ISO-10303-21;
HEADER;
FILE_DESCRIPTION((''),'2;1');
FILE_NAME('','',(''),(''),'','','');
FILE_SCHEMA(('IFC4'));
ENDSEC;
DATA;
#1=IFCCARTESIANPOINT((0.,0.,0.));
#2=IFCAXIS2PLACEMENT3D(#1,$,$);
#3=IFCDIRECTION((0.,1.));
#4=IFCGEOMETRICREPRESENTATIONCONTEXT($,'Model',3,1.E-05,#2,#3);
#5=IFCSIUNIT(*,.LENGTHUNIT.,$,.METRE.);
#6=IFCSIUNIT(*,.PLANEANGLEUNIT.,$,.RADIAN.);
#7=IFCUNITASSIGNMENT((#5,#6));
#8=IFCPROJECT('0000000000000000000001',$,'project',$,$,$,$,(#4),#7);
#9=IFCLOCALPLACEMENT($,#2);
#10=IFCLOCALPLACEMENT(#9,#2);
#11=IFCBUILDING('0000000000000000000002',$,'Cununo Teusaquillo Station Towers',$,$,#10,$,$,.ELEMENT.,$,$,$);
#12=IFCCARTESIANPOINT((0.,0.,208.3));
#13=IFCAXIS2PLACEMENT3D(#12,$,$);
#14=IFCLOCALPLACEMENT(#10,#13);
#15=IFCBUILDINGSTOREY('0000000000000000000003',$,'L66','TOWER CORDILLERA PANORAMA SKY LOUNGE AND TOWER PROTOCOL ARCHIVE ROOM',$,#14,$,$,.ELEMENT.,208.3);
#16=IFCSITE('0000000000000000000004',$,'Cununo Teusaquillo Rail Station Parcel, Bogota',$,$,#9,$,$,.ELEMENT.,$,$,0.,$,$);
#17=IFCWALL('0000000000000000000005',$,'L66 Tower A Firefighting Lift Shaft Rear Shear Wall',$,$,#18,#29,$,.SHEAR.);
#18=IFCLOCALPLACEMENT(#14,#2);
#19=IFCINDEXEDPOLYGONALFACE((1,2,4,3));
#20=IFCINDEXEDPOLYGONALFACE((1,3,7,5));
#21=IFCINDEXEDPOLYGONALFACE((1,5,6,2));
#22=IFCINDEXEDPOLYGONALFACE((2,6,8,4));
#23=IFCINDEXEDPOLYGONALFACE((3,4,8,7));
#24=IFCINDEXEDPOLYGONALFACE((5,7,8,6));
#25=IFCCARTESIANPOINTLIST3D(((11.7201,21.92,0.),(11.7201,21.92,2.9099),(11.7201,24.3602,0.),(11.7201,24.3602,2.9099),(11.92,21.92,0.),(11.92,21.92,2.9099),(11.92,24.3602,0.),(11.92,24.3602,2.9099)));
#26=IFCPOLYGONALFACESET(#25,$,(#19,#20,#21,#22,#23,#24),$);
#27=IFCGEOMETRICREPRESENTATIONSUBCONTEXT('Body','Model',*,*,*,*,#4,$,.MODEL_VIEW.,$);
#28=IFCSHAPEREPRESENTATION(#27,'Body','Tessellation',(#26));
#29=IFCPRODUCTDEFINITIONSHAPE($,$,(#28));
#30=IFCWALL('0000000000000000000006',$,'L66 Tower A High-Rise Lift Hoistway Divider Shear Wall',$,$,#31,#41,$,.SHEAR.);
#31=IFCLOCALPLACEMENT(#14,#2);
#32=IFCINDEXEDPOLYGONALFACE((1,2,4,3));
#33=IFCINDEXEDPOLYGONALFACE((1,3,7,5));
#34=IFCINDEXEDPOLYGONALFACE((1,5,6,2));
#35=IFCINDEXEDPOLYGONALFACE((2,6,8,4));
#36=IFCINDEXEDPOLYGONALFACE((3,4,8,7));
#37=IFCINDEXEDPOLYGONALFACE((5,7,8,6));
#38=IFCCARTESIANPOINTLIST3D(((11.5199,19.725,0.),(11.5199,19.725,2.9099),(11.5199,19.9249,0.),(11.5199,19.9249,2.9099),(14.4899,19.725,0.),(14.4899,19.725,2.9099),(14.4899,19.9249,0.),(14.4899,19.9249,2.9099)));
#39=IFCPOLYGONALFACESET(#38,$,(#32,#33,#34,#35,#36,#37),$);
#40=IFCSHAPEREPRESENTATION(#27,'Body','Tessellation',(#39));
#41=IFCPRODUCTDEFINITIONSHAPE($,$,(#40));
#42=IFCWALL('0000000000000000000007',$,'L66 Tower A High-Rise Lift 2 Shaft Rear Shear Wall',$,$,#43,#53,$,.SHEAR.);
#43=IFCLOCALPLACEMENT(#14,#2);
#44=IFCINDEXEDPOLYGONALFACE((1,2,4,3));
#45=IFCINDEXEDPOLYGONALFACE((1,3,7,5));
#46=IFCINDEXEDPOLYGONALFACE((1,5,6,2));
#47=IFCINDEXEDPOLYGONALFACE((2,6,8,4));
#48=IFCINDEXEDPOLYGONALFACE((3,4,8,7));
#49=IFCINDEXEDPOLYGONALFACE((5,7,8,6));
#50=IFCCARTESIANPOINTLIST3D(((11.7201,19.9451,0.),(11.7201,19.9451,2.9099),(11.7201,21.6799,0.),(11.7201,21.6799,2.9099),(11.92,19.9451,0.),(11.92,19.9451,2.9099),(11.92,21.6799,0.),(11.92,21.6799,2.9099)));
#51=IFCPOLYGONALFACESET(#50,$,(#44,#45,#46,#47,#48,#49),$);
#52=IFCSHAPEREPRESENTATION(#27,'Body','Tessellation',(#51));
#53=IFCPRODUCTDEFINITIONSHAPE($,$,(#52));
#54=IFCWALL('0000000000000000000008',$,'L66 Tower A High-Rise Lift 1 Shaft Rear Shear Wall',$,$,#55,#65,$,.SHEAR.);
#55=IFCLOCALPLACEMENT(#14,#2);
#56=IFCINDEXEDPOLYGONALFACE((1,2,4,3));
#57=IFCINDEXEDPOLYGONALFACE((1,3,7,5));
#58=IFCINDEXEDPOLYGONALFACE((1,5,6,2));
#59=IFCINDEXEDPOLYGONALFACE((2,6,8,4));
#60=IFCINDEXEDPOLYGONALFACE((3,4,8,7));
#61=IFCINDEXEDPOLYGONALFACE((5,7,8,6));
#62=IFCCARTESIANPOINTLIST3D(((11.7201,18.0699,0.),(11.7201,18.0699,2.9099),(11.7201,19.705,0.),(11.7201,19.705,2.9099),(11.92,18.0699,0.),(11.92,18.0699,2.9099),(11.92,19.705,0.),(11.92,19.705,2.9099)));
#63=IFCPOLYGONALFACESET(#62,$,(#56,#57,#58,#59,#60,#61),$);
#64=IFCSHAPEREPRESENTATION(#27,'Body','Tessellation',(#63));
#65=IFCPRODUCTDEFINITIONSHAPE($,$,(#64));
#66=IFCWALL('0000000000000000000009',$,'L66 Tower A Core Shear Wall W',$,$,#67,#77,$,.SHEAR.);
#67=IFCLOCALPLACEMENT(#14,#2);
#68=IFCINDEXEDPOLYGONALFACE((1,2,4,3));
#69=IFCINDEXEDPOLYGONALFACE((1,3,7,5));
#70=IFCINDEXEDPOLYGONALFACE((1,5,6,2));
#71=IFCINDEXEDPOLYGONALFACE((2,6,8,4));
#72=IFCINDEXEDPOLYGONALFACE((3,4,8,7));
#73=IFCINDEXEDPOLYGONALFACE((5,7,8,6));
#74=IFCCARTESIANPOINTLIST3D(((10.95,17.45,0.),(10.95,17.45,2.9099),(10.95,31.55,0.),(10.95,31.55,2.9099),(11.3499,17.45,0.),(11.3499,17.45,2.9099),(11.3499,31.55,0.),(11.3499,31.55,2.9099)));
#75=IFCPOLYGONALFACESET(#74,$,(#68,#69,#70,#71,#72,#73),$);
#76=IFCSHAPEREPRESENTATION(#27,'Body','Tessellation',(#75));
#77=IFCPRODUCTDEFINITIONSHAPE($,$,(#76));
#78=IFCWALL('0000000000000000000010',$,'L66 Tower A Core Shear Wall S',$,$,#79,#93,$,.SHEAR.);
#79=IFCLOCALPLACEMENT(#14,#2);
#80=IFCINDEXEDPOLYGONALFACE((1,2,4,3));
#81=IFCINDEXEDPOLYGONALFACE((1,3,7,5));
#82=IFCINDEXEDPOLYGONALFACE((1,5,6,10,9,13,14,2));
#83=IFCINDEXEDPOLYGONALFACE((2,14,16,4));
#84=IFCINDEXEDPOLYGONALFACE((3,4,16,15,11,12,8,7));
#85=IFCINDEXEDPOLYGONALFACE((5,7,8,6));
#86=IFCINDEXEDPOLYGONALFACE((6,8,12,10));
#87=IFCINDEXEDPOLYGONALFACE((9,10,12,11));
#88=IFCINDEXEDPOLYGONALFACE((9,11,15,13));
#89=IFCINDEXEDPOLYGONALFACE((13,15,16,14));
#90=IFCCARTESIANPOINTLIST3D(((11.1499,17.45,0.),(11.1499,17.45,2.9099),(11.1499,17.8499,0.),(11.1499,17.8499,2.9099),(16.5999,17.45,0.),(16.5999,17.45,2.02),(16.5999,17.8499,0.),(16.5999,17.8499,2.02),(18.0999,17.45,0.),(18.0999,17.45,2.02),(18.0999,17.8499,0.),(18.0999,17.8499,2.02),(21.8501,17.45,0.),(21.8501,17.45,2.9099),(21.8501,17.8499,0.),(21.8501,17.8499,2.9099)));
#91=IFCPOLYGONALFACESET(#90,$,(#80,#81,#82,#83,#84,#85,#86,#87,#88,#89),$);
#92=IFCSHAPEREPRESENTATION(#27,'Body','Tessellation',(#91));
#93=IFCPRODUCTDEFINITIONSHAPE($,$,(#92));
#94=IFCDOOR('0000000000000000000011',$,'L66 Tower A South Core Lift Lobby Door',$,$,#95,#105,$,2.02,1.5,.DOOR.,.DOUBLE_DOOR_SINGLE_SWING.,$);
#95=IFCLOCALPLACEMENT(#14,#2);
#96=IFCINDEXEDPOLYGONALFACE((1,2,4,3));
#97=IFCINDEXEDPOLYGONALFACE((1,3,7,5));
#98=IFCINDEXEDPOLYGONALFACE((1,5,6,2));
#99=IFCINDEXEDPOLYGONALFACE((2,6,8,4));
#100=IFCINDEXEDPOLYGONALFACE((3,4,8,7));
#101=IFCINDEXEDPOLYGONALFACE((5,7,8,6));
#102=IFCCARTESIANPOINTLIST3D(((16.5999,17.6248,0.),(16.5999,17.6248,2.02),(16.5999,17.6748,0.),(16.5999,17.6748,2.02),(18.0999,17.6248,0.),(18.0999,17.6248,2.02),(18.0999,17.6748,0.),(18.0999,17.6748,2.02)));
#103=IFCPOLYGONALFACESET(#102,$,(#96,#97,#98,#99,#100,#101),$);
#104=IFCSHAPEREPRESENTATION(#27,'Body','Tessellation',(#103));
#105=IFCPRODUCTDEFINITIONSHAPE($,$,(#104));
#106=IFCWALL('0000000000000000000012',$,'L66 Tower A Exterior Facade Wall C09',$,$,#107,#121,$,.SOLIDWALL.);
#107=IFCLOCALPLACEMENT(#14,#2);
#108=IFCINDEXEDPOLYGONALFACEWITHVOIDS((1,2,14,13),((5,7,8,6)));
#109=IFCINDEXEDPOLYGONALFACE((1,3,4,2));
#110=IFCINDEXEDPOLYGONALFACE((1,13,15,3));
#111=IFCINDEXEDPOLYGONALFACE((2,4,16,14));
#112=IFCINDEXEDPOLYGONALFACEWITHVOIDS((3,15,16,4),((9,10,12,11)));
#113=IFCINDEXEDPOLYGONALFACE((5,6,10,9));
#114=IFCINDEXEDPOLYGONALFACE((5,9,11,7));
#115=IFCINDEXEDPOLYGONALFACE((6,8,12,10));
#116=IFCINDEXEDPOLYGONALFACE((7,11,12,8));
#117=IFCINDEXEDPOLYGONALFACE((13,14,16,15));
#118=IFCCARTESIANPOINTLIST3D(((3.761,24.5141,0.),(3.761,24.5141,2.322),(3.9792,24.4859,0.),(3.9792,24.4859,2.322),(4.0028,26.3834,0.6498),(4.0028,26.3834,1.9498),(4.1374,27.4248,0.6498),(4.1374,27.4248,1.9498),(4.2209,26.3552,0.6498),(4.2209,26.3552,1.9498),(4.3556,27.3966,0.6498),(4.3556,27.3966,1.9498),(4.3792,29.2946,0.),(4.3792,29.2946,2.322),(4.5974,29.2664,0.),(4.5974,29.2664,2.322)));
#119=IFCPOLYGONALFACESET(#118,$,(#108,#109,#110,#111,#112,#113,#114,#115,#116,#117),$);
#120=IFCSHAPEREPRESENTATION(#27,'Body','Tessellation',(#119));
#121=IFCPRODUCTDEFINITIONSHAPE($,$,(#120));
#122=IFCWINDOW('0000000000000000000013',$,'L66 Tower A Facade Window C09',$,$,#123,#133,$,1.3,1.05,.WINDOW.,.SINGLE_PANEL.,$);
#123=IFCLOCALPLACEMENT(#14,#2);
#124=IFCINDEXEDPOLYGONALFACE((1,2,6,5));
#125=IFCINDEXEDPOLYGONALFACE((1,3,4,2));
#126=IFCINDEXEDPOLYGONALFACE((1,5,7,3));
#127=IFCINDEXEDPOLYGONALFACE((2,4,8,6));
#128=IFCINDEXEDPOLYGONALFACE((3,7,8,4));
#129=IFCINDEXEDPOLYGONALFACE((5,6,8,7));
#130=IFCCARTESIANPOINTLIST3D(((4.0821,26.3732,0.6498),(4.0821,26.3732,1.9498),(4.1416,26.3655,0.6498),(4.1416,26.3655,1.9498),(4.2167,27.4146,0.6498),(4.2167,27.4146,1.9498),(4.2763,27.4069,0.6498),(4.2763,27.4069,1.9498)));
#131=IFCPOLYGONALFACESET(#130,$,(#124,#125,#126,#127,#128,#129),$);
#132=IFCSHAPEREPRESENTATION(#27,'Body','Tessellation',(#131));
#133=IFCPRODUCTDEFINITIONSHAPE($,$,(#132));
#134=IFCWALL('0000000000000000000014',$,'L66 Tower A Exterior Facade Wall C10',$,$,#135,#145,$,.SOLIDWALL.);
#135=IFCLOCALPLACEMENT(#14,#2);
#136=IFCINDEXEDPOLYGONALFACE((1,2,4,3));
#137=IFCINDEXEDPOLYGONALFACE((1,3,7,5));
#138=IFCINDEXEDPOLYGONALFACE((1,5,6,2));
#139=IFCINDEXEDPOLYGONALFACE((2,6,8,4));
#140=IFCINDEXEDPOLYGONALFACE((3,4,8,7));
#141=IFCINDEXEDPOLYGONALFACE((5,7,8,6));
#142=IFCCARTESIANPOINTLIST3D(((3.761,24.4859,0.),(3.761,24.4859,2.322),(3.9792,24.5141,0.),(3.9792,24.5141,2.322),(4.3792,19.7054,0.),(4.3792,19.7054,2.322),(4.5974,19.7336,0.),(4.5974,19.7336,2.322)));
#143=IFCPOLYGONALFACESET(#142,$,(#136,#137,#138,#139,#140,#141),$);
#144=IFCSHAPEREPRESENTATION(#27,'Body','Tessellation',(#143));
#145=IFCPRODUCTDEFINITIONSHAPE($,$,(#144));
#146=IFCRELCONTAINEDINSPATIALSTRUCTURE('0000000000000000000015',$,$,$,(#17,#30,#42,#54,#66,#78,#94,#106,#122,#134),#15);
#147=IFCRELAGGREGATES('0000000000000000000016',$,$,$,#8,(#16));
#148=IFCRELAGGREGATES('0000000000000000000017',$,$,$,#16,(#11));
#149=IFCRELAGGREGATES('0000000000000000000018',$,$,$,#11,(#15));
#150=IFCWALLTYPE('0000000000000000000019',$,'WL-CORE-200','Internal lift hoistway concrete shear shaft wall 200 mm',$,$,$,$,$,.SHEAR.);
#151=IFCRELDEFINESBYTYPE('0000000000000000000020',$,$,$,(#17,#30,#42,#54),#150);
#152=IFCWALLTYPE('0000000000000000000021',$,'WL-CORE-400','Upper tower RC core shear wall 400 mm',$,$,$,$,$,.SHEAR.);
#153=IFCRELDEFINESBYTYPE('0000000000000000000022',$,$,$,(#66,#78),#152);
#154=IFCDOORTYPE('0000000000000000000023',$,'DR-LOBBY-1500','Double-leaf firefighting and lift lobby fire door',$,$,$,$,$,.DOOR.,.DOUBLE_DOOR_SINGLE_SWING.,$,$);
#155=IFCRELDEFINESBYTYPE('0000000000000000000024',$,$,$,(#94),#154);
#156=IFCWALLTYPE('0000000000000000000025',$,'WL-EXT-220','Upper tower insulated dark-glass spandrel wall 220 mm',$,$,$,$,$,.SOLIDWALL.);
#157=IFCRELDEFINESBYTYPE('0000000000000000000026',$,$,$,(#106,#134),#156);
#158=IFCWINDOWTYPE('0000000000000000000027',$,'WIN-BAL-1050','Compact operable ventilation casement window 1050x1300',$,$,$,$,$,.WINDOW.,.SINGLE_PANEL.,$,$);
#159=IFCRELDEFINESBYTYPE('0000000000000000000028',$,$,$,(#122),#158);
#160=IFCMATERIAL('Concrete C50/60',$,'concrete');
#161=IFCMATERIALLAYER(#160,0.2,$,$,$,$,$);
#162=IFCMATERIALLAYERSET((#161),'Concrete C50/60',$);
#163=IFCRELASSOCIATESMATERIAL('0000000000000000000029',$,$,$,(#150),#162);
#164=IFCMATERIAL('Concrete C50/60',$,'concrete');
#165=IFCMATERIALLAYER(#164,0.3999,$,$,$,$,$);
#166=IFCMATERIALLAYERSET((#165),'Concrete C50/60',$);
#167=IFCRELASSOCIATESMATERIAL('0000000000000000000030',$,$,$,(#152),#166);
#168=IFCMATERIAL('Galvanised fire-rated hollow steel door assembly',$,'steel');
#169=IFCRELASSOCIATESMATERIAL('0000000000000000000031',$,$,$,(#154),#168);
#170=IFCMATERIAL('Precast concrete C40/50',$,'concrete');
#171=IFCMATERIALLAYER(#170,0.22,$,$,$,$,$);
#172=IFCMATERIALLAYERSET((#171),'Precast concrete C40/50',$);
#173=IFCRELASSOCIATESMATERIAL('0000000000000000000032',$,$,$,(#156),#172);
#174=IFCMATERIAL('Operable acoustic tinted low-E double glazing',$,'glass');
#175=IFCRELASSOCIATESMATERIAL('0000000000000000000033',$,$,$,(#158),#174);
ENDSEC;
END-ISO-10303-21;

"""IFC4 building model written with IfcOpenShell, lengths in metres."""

from ifc_helpers import new_model, si_unit, direction, frame, frame_2d, origin, place, context, subcontext, project, spatial, rectangle, extrude, source, transform, mapped, material, layer, layer_set, type_object, element, fill, save


model = new_model("IFC4")

# Units and contexts
model_context = context("Model", 3, precision=1e-05, world=origin(), true_north=direction((0.0, 1.0)))
body_context = subcontext(model_context, "Body", "Model", "MODEL_VIEW")
ifc_project = project(units=[si_unit("LENGTHUNIT", "METRE"), si_unit("PLANEANGLEUNIT", "RADIAN")], contexts=[model_context])

# Site, building, storey
site_placement = place(None, origin())
site = spatial("IfcSite", under=ifc_project, at=site_placement, Name="Cununo Teusaquillo Rail Station Parcel, Bogota", CompositionType="ELEMENT", RefElevation=0.0)
building_placement = place(site_placement, origin())
building = spatial("IfcBuilding", under=site, at=building_placement, Name="Cununo Teusaquillo Station Towers", CompositionType="ELEMENT")
storey_placement = place(building_placement, frame((0.0, 0.0, 208.3)))
storey = spatial("IfcBuildingStorey", under=building, at=storey_placement, Name="L66", Description="TOWER CORDILLERA PANORAMA SKY LOUNGE AND TOWER PROTOCOL ARCHIVE ROOM", CompositionType="ELEMENT", Elevation=208.3)

# Walls
ifc_material_1 = material(Name="Concrete C50/60", Category="concrete")
ifc_layer_1 = layer(ifc_material_1, 0.2)
ifc_layer_set_1 = layer_set([ifc_layer_1], Name="Concrete C50/60")
wall_type_1 = type_object("IfcWallType", Name="WL-CORE-200", Description="Internal lift hoistway concrete shear shaft wall 200 mm", PredefinedType="SHEAR", material=ifc_layer_set_1)
wall_1_placement = place(storey_placement, frame((11.8201, 21.9199, 0.0), z_axis=(0.0, 0.0, 1.0), x_axis=(0.0, 1.0, 0.0)))
element("IfcWall", 1, at=wall_1_placement, inside=storey, type_object=wall_type_1, Name="L66 Tower A Firefighting Lift Shaft Rear Shear Wall", PredefinedType="SHEAR", context=body_context, shape_type="SweptSolid", body=[
    extrude(rectangle(XDim=2.4402, YDim=0.2, at=frame_2d((1.2202, 0.0))), origin(), (0.0, 0.0, 1.0), 2.9099),
])
wall_2_placement = place(storey_placement, frame((11.52, 19.825, 0.0), z_axis=(0.0, 0.0, 1.0), x_axis=(1.0, 0.0, 0.0)))
element("IfcWall", 2, at=wall_2_placement, inside=storey, type_object=wall_type_1, Name="L66 Tower A High-Rise Lift Hoistway Divider Shear Wall", PredefinedType="SHEAR", context=body_context, shape_type="SweptSolid", body=[
    extrude(rectangle(XDim=2.97, YDim=0.2, at=frame_2d((1.4849, 0.0))), origin(), (0.0, 0.0, 1.0), 2.9099),
])
wall_3_placement = place(storey_placement, frame((11.8201, 19.9451, 0.0), z_axis=(0.0, 0.0, 1.0), x_axis=(0.0, 1.0, 0.0)))
element("IfcWall", 3, at=wall_3_placement, inside=storey, type_object=wall_type_1, Name="L66 Tower A High-Rise Lift 2 Shaft Rear Shear Wall", PredefinedType="SHEAR", context=body_context, shape_type="SweptSolid", body=[
    extrude(rectangle(XDim=1.7349, YDim=0.2, at=frame_2d((0.8674, 0.0))), origin(), (0.0, 0.0, 1.0), 2.9099),
])
wall_4_placement = place(storey_placement, frame((11.8201, 18.0701, 0.0), z_axis=(0.0, 0.0, 1.0), x_axis=(0.0, 1.0, 0.0)))
element("IfcWall", 4, at=wall_4_placement, inside=storey, type_object=wall_type_1, Name="L66 Tower A High-Rise Lift 1 Shaft Rear Shear Wall", PredefinedType="SHEAR", context=body_context, shape_type="SweptSolid", body=[
    extrude(rectangle(XDim=1.635, YDim=0.2, at=frame_2d((0.8174, 0.0))), origin(), (0.0, 0.0, 1.0), 2.9099),
])
ifc_material_2 = material(Name="Concrete C50/60", Category="concrete")
ifc_layer_2 = layer(ifc_material_2, 0.3999)
ifc_layer_set_2 = layer_set([ifc_layer_2], Name="Concrete C50/60")
wall_type_2 = type_object("IfcWallType", Name="WL-CORE-400", Description="Upper tower RC core shear wall 400 mm", PredefinedType="SHEAR", material=ifc_layer_set_2)
wall_5_placement = place(storey_placement, frame((11.1499, 17.45, 0.0), z_axis=(0.0, 0.0, 1.0), x_axis=(0.0, 1.0, 0.0)))
element("IfcWall", 5, at=wall_5_placement, inside=storey, type_object=wall_type_2, Name="L66 Tower A Core Shear Wall W", PredefinedType="SHEAR", context=body_context, shape_type="SweptSolid", body=[
    extrude(rectangle(XDim=14.1001, YDim=0.3999, at=frame_2d((7.05, 0.0))), origin(), (0.0, 0.0, 1.0), 2.9099),
])

# Wall, opening, door
wall_6_placement = place(storey_placement, frame((11.1499, 17.6499, 0.0), z_axis=(0.0, 0.0, 1.0), x_axis=(1.0, 0.0, 0.0)))
wall_6 = element("IfcWall", 6, at=wall_6_placement, inside=storey, type_object=wall_type_2, Name="L66 Tower A Core Shear Wall S", PredefinedType="SHEAR", context=body_context, shape_type="SweptSolid", body=[
    extrude(rectangle(XDim=10.7002, YDim=0.3999, at=frame_2d((5.3501, 0.0))), origin(), (0.0, 0.0, 1.0), 2.9099),
])
shared_shape_1 = source(origin(), body_context, "Body", "SweptSolid", [
    extrude(rectangle(XDim=1.5, YDim=2.02, at=frame_2d((0.75, 1.01))), frame((0.0, 0.21, 0.0), z_axis=(0.0, -1.0, 0.0), x_axis=(1.0, 0.0, 0.0)), (0.0, 0.0, 1.0), 0.4199),
])
opening_1_placement = place(wall_6_placement, frame((5.45, 0.0, 0.0)))
opening_1 = element("IfcOpeningElement", 7, at=opening_1_placement, cuts=wall_6, PredefinedType="OPENING", context=body_context, shape_type="MappedRepresentation", body=[
    mapped(shared_shape_1, transform((0.0, 0.0, 0.0), x_axis=(1.0, 0.0, 0.0), y_axis=(0.0, 1.0, 0.0), z_axis=(0.0, 0.0, 1.0), scale=1.0)),
])
ifc_material_3 = material(Name="Galvanised fire-rated hollow steel door assembly", Category="steel")
door_type_1 = type_object("IfcDoorType", Name="DR-LOBBY-1500", Description="Double-leaf firefighting and lift lobby fire door", OperationType="DOUBLE_DOOR_SINGLE_SWING", PredefinedType="DOOR", material=ifc_material_3)
shared_shape_2 = source(origin(), body_context, "Body", "SweptSolid", [
    extrude(rectangle(XDim=1.5, YDim=2.02, at=frame_2d((0.75, 1.01))), frame((0.0, 0.0249, 0.0), z_axis=(0.0, -1.0, 0.0), x_axis=(1.0, 0.0, 0.0)), (0.0, 0.0, 1.0), 0.05),
])
door_1_placement = place(opening_1_placement, origin())
door_1 = element("IfcDoor", 8, at=door_1_placement, inside=storey, type_object=door_type_1, Name="L66 Tower A South Core Lift Lobby Door", OperationType="DOUBLE_DOOR_SINGLE_SWING", OverallHeight=2.02, OverallWidth=1.5, PredefinedType="DOOR", context=body_context, shape_type="MappedRepresentation", body=[
    mapped(shared_shape_2, transform((0.0, 0.0, 0.0), x_axis=(1.0, 0.0, 0.0), y_axis=(0.0, 1.0, 0.0), z_axis=(0.0, 0.0, 1.0), scale=1.0)),
])
fill(opening_1, door_1)

# Wall, opening, window
ifc_material_4 = material(Name="Precast concrete C40/50", Category="concrete")
ifc_layer_3 = layer(ifc_material_4, 0.22)
ifc_layer_set_3 = layer_set([ifc_layer_3], Name="Precast concrete C40/50")
wall_type_3 = type_object("IfcWallType", Name="WL-EXT-220", Description="Upper tower insulated dark-glass spandrel wall 220 mm", PredefinedType="SOLIDWALL", material=ifc_layer_set_3)
wall_7_placement = place(storey_placement, frame((3.8701, 24.5, 0.0), z_axis=(0.0, 0.0, 1.0), x_axis=(0.128241, 0.991743, 0.0)))
wall_7 = element("IfcWall", 9, at=wall_7_placement, inside=storey, type_object=wall_type_3, Name="L66 Tower A Exterior Facade Wall C09", PredefinedType="SOLIDWALL", context=body_context, shape_type="SweptSolid", body=[
    extrude(rectangle(XDim=4.8203, YDim=0.22, at=frame_2d((2.4102, 0.0))), origin(), (0.0, 0.0, 1.0), 2.322),
])
shared_shape_3 = source(origin(), body_context, "Body", "SweptSolid", [
    extrude(rectangle(XDim=1.05, YDim=1.3, at=frame_2d((0.5249, 0.6499))), frame((0.0, 0.1199, 0.0), z_axis=(0.0, -1.0, 0.0), x_axis=(1.0, 0.0, 0.0)), (0.0, 0.0, 1.0), 0.24),
])
opening_2_placement = place(wall_7_placement, frame((1.885, 0.0, 0.6499)))
opening_2 = element("IfcOpeningElement", 10, at=opening_2_placement, cuts=wall_7, PredefinedType="OPENING", context=body_context, shape_type="MappedRepresentation", body=[
    mapped(shared_shape_3, transform((0.0, 0.0, 0.0), x_axis=(1.0, 0.0, 0.0), y_axis=(0.0, 1.0, 0.0), z_axis=(0.0, 0.0, 1.0), scale=1.0)),
])
ifc_material_5 = material(Name="Operable acoustic tinted low-E double glazing", Category="glass")
window_type = type_object("IfcWindowType", Name="WIN-BAL-1050", Description="Compact operable ventilation casement window 1050x1300", PartitioningType="SINGLE_PANEL", PredefinedType="WINDOW", material=ifc_material_5)
shared_shape_4 = source(origin(), body_context, "Body", "SweptSolid", [
    extrude(rectangle(XDim=1.05, YDim=1.3, at=frame_2d((0.5249, 0.6499))), frame((0.0, 0.03, 0.0), z_axis=(0.0, -1.0, 0.0), x_axis=(1.0, 0.0, 0.0)), (0.0, 0.0, 1.0), 0.0601),
])
window_placement = place(opening_2_placement, origin())
window = element("IfcWindow", 11, at=window_placement, inside=storey, type_object=window_type, Name="L66 Tower A Facade Window C09", OverallHeight=1.3, OverallWidth=1.05, PartitioningType="SINGLE_PANEL", PredefinedType="WINDOW", context=body_context, shape_type="MappedRepresentation", body=[
    mapped(shared_shape_4, transform((0.0, 0.0, 0.0), x_axis=(1.0, 0.0, 0.0), y_axis=(0.0, 1.0, 0.0), z_axis=(0.0, 0.0, 1.0), scale=1.0)),
])
fill(opening_2, window)

# Wall
wall_8_placement = place(storey_placement, frame((4.4883, 19.7195, 0.0), z_axis=(0.0, 0.0, 1.0), x_axis=(-0.128241, 0.991743, 0.0)))
element("IfcWall", 12, at=wall_8_placement, inside=storey, type_object=wall_type_3, Name="L66 Tower A Exterior Facade Wall C10", PredefinedType="SOLIDWALL", context=body_context, shape_type="SweptSolid", body=[
    extrude(rectangle(XDim=4.8203, YDim=0.22, at=frame_2d((2.4102, 0.0))), origin(), (0.0, 0.0, 1.0), 2.322),
])

save(model, "model.ifc")
